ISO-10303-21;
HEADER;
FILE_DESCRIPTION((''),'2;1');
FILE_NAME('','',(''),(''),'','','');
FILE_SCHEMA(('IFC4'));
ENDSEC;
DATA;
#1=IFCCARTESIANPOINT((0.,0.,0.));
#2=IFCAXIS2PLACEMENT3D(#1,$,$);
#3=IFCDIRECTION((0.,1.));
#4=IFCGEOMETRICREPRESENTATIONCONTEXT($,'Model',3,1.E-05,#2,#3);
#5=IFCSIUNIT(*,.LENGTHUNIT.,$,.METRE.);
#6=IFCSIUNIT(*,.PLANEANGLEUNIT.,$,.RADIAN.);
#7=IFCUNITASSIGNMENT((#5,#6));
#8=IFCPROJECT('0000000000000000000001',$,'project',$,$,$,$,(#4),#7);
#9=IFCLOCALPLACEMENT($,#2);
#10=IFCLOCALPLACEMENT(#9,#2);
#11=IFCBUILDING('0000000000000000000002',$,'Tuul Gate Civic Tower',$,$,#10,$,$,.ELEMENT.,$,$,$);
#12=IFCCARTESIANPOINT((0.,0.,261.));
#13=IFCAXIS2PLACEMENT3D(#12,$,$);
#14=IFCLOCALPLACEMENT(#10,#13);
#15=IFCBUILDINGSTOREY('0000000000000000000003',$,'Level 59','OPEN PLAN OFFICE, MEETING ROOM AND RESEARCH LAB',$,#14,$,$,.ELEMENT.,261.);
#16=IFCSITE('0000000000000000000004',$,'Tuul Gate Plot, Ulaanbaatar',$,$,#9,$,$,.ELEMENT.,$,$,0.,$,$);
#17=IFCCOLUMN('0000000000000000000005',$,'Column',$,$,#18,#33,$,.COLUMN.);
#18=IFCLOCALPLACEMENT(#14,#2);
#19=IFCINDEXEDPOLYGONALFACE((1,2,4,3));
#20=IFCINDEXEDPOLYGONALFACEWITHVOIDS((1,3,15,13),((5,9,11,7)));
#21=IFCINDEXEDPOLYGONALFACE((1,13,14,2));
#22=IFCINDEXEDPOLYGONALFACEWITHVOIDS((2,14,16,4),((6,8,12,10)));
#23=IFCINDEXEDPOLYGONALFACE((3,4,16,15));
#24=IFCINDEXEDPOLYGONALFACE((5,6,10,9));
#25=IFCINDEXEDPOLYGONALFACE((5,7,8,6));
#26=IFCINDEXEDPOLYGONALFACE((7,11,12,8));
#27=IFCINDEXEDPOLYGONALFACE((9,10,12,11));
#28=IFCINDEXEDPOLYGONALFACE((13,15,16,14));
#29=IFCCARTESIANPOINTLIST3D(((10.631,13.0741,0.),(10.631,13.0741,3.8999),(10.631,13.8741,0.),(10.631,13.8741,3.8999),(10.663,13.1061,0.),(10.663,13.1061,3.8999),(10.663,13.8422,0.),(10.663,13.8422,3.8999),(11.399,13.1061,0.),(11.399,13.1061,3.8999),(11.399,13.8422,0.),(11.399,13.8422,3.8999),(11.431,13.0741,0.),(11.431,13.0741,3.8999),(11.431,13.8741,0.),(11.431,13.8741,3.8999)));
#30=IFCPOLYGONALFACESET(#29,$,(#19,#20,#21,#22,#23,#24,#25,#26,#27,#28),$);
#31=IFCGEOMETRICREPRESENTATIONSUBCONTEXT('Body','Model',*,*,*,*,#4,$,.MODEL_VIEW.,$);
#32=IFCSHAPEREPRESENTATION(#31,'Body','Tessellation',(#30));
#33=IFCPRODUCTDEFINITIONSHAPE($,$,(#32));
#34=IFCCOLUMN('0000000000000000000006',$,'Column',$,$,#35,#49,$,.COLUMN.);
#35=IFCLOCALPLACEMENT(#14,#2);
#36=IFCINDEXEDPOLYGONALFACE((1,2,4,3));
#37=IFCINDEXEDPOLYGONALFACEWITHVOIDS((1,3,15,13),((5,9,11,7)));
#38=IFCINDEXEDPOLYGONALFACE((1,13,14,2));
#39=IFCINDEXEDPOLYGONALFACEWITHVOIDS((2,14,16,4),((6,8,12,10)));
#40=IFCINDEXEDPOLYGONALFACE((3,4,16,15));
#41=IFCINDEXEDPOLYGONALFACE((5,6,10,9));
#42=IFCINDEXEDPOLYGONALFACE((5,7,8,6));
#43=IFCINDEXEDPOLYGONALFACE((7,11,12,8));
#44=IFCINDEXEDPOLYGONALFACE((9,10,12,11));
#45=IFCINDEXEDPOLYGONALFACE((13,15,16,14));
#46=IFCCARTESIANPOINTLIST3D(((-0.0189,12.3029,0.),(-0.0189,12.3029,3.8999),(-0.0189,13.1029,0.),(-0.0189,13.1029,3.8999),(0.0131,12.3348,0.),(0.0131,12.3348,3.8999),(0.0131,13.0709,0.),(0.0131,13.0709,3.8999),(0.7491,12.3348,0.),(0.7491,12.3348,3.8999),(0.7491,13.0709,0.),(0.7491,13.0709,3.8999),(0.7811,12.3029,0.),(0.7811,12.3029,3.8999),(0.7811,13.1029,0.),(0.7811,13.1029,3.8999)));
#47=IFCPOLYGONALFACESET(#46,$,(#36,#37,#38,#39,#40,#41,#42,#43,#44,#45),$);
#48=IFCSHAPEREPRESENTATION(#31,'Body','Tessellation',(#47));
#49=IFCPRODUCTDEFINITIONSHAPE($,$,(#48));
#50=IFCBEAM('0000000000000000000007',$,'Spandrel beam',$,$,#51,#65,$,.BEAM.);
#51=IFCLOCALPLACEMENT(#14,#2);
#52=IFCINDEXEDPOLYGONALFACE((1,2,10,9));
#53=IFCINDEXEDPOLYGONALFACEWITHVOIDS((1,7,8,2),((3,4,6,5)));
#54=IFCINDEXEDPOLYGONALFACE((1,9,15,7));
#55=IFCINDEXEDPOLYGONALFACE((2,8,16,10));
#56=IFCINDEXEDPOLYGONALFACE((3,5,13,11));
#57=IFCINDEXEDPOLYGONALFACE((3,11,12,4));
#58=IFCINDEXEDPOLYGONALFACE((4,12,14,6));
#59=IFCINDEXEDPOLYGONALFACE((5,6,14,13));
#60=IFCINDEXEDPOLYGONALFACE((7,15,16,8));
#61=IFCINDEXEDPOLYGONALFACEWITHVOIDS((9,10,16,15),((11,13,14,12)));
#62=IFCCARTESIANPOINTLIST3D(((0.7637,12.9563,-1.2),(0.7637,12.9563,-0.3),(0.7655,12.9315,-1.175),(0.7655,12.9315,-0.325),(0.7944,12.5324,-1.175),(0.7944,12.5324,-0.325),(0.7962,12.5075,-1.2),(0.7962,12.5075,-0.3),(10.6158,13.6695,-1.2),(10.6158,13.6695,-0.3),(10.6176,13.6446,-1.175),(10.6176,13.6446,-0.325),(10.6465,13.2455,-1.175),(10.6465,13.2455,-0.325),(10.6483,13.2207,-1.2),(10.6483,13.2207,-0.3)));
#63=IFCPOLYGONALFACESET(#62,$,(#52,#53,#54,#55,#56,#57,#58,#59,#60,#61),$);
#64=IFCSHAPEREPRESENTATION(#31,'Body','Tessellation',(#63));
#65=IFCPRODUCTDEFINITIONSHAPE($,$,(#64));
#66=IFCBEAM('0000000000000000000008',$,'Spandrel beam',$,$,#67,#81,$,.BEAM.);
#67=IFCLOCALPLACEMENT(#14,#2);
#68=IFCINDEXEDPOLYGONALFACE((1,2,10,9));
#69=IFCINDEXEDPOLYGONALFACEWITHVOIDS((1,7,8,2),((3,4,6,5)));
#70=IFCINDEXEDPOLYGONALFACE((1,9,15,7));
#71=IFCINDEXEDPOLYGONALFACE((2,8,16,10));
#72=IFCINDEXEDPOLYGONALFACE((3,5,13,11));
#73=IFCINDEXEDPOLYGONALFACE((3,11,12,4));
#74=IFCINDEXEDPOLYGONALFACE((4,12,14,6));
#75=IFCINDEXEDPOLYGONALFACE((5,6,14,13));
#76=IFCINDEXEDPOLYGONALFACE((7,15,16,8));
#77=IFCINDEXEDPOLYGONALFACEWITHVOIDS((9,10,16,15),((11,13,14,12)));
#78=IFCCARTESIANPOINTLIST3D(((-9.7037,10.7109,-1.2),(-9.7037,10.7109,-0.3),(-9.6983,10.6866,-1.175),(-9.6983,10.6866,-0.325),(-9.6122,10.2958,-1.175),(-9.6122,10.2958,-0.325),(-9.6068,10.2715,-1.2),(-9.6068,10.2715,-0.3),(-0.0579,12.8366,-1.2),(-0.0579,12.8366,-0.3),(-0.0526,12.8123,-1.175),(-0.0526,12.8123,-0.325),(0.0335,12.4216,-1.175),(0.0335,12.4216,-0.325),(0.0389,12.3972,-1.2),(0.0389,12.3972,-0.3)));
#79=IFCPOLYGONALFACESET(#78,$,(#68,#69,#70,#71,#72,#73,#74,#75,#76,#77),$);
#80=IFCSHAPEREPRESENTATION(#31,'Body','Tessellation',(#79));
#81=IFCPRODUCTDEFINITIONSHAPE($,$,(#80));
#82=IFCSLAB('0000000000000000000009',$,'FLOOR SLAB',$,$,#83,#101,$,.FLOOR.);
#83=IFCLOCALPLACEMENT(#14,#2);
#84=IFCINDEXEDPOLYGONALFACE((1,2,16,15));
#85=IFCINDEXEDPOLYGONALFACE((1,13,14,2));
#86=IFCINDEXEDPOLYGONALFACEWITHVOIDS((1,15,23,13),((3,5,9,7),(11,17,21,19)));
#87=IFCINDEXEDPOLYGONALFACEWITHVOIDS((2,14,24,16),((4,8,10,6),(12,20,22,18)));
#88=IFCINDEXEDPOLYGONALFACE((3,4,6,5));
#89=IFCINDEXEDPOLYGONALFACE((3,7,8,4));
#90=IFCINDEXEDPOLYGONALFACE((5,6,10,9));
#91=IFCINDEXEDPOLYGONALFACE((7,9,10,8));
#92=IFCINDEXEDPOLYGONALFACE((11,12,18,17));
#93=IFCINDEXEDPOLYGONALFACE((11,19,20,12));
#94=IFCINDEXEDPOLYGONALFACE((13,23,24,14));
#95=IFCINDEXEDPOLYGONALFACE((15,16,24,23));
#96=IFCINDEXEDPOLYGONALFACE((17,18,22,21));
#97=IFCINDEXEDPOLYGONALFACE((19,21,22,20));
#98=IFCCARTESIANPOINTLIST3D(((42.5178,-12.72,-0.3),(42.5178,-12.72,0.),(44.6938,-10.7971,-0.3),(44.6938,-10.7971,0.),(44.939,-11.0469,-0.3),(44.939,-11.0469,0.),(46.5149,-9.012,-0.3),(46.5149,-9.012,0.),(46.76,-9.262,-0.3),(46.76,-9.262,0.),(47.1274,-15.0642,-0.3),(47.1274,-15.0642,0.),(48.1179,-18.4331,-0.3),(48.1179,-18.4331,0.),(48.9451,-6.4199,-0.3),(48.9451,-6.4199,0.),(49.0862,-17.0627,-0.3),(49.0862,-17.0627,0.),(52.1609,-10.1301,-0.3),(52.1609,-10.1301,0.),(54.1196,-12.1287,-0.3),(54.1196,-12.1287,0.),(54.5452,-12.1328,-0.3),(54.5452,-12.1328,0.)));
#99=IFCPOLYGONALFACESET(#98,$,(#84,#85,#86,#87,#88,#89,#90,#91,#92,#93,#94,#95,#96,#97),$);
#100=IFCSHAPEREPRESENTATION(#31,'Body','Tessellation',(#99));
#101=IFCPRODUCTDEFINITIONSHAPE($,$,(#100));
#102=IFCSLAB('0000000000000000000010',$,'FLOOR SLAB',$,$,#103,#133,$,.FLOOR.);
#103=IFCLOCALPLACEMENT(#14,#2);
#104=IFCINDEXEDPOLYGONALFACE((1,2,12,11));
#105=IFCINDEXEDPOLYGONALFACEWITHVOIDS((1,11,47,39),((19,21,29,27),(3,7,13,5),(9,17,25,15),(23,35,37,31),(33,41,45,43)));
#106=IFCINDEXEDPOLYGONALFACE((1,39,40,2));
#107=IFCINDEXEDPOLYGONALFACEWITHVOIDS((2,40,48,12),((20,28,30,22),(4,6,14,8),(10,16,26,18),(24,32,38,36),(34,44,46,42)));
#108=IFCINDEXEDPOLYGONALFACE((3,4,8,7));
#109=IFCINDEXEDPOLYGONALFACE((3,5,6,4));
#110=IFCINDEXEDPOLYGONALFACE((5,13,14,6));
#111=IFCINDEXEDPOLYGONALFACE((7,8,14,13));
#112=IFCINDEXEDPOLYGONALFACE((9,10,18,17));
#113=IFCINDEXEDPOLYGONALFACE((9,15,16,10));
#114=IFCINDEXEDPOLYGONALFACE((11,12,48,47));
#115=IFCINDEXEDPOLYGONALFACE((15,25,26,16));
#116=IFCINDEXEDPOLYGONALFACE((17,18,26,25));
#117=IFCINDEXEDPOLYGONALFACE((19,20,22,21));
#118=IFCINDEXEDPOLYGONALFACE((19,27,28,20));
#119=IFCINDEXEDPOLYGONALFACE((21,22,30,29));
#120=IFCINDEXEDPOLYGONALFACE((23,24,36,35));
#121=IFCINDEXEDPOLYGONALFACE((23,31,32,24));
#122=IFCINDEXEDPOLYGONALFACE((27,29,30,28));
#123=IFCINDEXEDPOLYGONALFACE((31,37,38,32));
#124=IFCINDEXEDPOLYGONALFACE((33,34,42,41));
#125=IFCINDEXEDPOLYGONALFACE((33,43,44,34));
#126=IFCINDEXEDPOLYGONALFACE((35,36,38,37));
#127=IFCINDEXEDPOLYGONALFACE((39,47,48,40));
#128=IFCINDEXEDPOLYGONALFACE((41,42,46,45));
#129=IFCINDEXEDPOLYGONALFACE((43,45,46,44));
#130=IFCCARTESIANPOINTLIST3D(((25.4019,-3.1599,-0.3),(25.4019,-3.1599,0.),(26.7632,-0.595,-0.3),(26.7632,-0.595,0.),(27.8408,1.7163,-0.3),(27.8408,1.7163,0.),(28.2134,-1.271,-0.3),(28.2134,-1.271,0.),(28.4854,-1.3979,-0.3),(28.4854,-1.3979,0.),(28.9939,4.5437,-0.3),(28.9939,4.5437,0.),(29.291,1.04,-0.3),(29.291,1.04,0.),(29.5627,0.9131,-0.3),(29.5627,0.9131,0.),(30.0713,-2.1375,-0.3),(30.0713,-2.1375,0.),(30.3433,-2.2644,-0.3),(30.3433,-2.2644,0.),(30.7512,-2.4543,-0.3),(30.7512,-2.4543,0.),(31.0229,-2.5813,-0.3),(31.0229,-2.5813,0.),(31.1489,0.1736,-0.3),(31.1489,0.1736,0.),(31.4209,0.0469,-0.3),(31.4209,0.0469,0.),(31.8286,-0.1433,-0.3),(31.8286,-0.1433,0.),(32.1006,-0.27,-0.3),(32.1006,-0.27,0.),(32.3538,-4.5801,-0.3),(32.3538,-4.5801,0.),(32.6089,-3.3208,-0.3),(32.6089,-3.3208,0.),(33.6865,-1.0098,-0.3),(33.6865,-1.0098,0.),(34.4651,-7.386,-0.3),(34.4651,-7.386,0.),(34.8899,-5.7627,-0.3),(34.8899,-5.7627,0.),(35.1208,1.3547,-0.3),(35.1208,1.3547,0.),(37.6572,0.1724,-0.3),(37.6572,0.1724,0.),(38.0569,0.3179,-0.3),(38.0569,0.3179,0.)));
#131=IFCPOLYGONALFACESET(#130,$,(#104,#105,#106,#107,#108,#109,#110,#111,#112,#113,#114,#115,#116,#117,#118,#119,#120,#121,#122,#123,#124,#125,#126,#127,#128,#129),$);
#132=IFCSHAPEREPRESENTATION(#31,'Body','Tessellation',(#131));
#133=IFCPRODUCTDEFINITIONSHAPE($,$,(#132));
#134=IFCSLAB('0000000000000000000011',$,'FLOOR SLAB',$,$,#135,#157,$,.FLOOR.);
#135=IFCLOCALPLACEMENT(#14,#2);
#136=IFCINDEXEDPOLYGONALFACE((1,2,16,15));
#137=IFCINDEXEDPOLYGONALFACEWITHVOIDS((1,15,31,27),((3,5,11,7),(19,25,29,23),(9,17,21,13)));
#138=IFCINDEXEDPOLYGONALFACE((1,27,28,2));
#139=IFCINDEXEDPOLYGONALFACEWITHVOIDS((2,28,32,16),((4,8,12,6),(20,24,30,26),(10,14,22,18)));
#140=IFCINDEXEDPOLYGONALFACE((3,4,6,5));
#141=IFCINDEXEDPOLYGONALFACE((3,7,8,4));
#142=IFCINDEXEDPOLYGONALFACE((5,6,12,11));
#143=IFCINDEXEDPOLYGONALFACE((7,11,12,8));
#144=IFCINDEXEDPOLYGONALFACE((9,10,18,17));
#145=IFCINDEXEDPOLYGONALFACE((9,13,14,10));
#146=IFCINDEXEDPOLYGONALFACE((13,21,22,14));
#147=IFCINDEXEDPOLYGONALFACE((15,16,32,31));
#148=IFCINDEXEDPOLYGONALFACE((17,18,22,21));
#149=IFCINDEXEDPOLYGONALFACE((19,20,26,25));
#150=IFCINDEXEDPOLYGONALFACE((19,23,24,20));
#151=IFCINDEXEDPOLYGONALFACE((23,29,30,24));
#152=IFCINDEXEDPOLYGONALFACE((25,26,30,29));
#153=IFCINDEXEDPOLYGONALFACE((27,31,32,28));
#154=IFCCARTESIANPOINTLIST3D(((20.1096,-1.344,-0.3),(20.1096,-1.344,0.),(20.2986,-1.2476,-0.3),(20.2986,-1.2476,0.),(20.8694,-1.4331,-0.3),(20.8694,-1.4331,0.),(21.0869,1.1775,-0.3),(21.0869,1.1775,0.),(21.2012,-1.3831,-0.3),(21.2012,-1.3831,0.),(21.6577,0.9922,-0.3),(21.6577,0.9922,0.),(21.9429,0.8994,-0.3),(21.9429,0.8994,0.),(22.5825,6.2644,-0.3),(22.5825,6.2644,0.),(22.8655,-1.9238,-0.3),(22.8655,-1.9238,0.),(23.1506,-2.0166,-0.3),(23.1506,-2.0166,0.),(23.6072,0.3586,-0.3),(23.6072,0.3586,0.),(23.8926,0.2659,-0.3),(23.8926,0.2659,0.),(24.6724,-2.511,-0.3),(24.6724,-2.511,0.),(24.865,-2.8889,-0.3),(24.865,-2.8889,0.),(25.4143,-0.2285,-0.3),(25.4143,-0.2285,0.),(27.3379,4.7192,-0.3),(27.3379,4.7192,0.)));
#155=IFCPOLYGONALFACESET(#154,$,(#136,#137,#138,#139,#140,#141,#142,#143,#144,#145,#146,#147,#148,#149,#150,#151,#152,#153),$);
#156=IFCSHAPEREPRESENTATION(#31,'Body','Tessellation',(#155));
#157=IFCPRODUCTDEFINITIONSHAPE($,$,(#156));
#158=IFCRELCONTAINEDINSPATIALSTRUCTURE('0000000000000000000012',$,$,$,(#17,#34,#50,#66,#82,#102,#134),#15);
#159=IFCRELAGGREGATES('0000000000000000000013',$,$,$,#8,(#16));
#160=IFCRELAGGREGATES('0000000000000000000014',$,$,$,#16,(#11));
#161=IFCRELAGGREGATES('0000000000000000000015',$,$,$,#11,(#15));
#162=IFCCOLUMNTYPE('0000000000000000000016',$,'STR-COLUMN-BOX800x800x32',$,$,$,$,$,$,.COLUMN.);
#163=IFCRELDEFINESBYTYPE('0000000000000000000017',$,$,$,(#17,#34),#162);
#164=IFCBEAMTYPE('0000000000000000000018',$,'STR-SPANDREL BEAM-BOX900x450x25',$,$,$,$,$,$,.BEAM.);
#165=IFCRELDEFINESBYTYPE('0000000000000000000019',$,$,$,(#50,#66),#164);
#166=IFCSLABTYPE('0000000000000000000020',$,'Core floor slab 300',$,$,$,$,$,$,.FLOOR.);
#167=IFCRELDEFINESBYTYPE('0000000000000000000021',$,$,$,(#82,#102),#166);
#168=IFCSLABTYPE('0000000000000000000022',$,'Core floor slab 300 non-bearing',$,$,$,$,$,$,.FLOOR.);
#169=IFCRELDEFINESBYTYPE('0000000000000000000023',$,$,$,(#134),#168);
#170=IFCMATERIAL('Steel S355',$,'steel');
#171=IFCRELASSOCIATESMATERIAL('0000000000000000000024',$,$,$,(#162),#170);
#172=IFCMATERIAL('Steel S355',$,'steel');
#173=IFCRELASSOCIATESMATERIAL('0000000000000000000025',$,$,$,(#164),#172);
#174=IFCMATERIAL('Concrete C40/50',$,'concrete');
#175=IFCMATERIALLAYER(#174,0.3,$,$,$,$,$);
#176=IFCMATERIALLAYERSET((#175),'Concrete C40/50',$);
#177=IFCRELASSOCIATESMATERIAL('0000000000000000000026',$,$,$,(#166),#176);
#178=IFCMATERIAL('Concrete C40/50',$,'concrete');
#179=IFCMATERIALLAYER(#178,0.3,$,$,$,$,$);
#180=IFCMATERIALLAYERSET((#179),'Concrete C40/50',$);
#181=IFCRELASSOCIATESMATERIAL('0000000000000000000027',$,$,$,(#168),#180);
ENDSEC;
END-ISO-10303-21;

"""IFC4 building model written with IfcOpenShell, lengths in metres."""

from ifc_helpers import new_model, si_unit, direction, frame, origin, origin_2d, place, context, subcontext, project, spatial, polyline, hollow_rectangle, outline, extrude, material, layer, layer_set, material_profile, profile_set, type_object, element, save


model = new_model("IFC4")

# Units and contexts
model_context = context("Model", 3, precision=1e-05, world=origin(), true_north=direction((0.0, 1.0)))
body_context = subcontext(model_context, "Body", "Model", "MODEL_VIEW")
ifc_project = project(units=[si_unit("LENGTHUNIT", "METRE"), si_unit("PLANEANGLEUNIT", "RADIAN")], contexts=[model_context])

# Site, building, storey
site_placement = place(None, origin())
site = spatial("IfcSite", under=ifc_project, at=site_placement, Name="Tuul Gate Plot, Ulaanbaatar", CompositionType="ELEMENT", RefElevation=0.0)
building_placement = place(site_placement, origin())
building = spatial("IfcBuilding", under=site, at=building_placement, Name="Tuul Gate Civic Tower", CompositionType="ELEMENT")
storey_placement = place(building_placement, frame((0.0, 0.0, 261.0)))
storey = spatial("IfcBuildingStorey", under=building, at=storey_placement, Name="Level 59", Description="OPEN PLAN OFFICE, MEETING ROOM AND RESEARCH LAB", CompositionType="ELEMENT", Elevation=261.0)

# Columns
ifc_material_1 = material(Name="Steel S355", Category="steel")
ifc_material_profile_1 = material_profile(ifc_material_1, hollow_rectangle(XDim=0.8, YDim=0.8, WallThickness=0.032, at=origin_2d()), Name="BOX800x800x32")
ifc_profile_set_1 = profile_set([ifc_material_profile_1], Name="Steel S355")
column_type = type_object("IfcColumnType", Name="STR-COLUMN-BOX800x800x32", PredefinedType="COLUMN", material=ifc_profile_set_1)
for number, where, z_axis, x_axis, name in (
    (1, (11.031, 13.4741, 0.0), (0.0, 0.0, 1.0), (1.0, 0.0, 0.0), "Column"),
    (2, (0.3811, 12.7029, 0.0), (0.0, 0.0, 1.0), (1.0, 0.0, 0.0), "Column"),
):
    element("IfcColumn", number, at=place(storey_placement, frame(where, z_axis=z_axis, x_axis=x_axis)), inside=storey, type_object=column_type, Name=name, PredefinedType="COLUMN", context=body_context, shape_type="SweptSolid", body=[
        extrude(hollow_rectangle(XDim=0.8, YDim=0.8, WallThickness=0.032, at=origin_2d()), origin(), (0.0, 0.0, 1.0), 3.8999),
    ])

# Beams
ifc_material_2 = material(Name="Steel S355", Category="steel")
ifc_material_profile_2 = material_profile(ifc_material_2, hollow_rectangle(XDim=0.45, YDim=0.8999, WallThickness=0.0249, at=origin_2d()), Name="BOX900x450x25")
ifc_profile_set_2 = profile_set([ifc_material_profile_2], Name="Steel S355")
beam_type = type_object("IfcBeamType", Name="STR-SPANDREL BEAM-BOX900x450x25", PredefinedType="BEAM", material=ifc_profile_set_2)
beam_1_placement = place(storey_placement, frame((10.6321, 13.4451, -0.75), z_axis=(-0.99739, -0.072196, 0.0), x_axis=(0.072196, -0.99739, 0.0)))
element("IfcBeam", 3, at=beam_1_placement, inside=storey, type_object=beam_type, Name="Spandrel beam", PredefinedType="BEAM", context=body_context, shape_type="SweptSolid", body=[
    extrude(hollow_rectangle(XDim=0.45, YDim=0.8999, WallThickness=0.0249, at=origin_2d()), origin(), (0.0, 0.0, 1.0), 9.8779),
])
beam_2_placement = place(storey_placement, frame((-0.0095, 12.6169, -0.75), z_axis=(-0.976566, -0.215216, 0.0), x_axis=(0.215216, -0.976566, 0.0)))
element("IfcBeam", 4, at=beam_2_placement, inside=storey, type_object=beam_type, Name="Spandrel beam", PredefinedType="BEAM", context=body_context, shape_type="SweptSolid", body=[
    extrude(hollow_rectangle(XDim=0.45, YDim=0.8999, WallThickness=0.0249, at=origin_2d()), origin(), (0.0, 0.0, 1.0), 9.8772),
])

# Slabs
ifc_material_3 = material(Name="Concrete C40/50", Category="concrete")
ifc_layer_1 = layer(ifc_material_3, 0.3)
ifc_layer_set_1 = layer_set([ifc_layer_1], Name="Concrete C40/50")
slab_type_1 = type_object("IfcSlabType", Name="Core floor slab 300", PredefinedType="FLOOR", material=ifc_layer_set_1)
slab_1_placement = place(storey_placement, frame((0.0, 0.0, -0.3)))
element("IfcSlab", 5, at=slab_1_placement, inside=storey, type_object=slab_type_1, Name="FLOOR SLAB", PredefinedType="FLOOR", context=body_context, shape_type="SweptSolid", body=[
    extrude(outline(polyline([(48.1179, -18.4331), (54.5452, -12.1328), (48.9451, -6.4199), (42.5178, -12.72), (48.1179, -18.4331)]), holes=[polyline([(44.939, -11.0469), (46.76, -9.262), (46.5149, -9.012), (44.6938, -10.7971), (44.939, -11.0469)]), polyline([(49.0862, -17.0627), (47.1274, -15.0642), (52.1609, -10.1301), (54.1196, -12.1287), (49.0862, -17.0627)])]), origin(), (0.0, 0.0, 1.0), 0.3),
])
slab_2_placement = place(storey_placement, frame((0.0, 0.0, -0.3)))
element("IfcSlab", 6, at=slab_2_placement, inside=storey, type_object=slab_type_1, Name="FLOOR SLAB", PredefinedType="FLOOR", context=body_context, shape_type="SweptSolid", body=[
    extrude(outline(polyline([(34.4651, -7.386), (38.0569, 0.3179), (28.9939, 4.5437), (25.4019, -3.1599), (34.4651, -7.386)]), holes=[polyline([(32.6089, -3.3208), (33.6865, -1.0098), (32.1006, -0.27), (31.0229, -2.5813), (32.6089, -3.3208)]), polyline([(30.0713, -2.1375), (31.1489, 0.1736), (29.5627, 0.9131), (28.4854, -1.3979), (30.0713, -2.1375)]), polyline([(30.7512, -2.4543), (31.8286, -0.1433), (31.4209, 0.0469), (30.3433, -2.2644), (30.7512, -2.4543)]), polyline([(28.2134, -1.271), (29.291, 1.04), (27.8408, 1.7163), (26.7632, -0.595), (28.2134, -1.271)]), polyline([(34.8899, -5.7627), (32.3538, -4.5801), (35.1208, 1.3547), (37.6572, 0.1724), (34.8899, -5.7627)])]), origin(), (0.0, 0.0, 1.0), 0.3),
])
ifc_material_4 = material(Name="Concrete C40/50", Category="concrete")
ifc_layer_2 = layer(ifc_material_4, 0.3)
ifc_layer_set_2 = layer_set([ifc_layer_2], Name="Concrete C40/50")
slab_type_2 = type_object("IfcSlabType", Name="Core floor slab 300 non-bearing", PredefinedType="FLOOR", material=ifc_layer_set_2)
slab_3_placement = place(storey_placement, frame((0.0, 0.0, -0.3)))
element("IfcSlab", 7, at=slab_3_placement, inside=storey, type_object=slab_type_2, Name="FLOOR SLAB", PredefinedType="FLOOR", context=body_context, shape_type="SweptSolid", body=[
    extrude(outline(polyline([(24.865, -2.8889), (27.3379, 4.7192), (22.5825, 6.2644), (20.1096, -1.344), (24.865, -2.8889)]), holes=[polyline([(24.6724, -2.511), (25.4143, -0.2285), (23.8926, 0.2659), (23.1506, -2.0166), (24.6724, -2.511)]), polyline([(22.8655, -1.9238), (23.6072, 0.3586), (21.9429, 0.8994), (21.2012, -1.3831), (22.8655, -1.9238)]), polyline([(20.8694, -1.4331), (21.6577, 0.9922), (21.0869, 1.1775), (20.2986, -1.2476), (20.8694, -1.4331)])]), origin(), (0.0, 0.0, 1.0), 0.3),
])

save(model, "model.ifc")
